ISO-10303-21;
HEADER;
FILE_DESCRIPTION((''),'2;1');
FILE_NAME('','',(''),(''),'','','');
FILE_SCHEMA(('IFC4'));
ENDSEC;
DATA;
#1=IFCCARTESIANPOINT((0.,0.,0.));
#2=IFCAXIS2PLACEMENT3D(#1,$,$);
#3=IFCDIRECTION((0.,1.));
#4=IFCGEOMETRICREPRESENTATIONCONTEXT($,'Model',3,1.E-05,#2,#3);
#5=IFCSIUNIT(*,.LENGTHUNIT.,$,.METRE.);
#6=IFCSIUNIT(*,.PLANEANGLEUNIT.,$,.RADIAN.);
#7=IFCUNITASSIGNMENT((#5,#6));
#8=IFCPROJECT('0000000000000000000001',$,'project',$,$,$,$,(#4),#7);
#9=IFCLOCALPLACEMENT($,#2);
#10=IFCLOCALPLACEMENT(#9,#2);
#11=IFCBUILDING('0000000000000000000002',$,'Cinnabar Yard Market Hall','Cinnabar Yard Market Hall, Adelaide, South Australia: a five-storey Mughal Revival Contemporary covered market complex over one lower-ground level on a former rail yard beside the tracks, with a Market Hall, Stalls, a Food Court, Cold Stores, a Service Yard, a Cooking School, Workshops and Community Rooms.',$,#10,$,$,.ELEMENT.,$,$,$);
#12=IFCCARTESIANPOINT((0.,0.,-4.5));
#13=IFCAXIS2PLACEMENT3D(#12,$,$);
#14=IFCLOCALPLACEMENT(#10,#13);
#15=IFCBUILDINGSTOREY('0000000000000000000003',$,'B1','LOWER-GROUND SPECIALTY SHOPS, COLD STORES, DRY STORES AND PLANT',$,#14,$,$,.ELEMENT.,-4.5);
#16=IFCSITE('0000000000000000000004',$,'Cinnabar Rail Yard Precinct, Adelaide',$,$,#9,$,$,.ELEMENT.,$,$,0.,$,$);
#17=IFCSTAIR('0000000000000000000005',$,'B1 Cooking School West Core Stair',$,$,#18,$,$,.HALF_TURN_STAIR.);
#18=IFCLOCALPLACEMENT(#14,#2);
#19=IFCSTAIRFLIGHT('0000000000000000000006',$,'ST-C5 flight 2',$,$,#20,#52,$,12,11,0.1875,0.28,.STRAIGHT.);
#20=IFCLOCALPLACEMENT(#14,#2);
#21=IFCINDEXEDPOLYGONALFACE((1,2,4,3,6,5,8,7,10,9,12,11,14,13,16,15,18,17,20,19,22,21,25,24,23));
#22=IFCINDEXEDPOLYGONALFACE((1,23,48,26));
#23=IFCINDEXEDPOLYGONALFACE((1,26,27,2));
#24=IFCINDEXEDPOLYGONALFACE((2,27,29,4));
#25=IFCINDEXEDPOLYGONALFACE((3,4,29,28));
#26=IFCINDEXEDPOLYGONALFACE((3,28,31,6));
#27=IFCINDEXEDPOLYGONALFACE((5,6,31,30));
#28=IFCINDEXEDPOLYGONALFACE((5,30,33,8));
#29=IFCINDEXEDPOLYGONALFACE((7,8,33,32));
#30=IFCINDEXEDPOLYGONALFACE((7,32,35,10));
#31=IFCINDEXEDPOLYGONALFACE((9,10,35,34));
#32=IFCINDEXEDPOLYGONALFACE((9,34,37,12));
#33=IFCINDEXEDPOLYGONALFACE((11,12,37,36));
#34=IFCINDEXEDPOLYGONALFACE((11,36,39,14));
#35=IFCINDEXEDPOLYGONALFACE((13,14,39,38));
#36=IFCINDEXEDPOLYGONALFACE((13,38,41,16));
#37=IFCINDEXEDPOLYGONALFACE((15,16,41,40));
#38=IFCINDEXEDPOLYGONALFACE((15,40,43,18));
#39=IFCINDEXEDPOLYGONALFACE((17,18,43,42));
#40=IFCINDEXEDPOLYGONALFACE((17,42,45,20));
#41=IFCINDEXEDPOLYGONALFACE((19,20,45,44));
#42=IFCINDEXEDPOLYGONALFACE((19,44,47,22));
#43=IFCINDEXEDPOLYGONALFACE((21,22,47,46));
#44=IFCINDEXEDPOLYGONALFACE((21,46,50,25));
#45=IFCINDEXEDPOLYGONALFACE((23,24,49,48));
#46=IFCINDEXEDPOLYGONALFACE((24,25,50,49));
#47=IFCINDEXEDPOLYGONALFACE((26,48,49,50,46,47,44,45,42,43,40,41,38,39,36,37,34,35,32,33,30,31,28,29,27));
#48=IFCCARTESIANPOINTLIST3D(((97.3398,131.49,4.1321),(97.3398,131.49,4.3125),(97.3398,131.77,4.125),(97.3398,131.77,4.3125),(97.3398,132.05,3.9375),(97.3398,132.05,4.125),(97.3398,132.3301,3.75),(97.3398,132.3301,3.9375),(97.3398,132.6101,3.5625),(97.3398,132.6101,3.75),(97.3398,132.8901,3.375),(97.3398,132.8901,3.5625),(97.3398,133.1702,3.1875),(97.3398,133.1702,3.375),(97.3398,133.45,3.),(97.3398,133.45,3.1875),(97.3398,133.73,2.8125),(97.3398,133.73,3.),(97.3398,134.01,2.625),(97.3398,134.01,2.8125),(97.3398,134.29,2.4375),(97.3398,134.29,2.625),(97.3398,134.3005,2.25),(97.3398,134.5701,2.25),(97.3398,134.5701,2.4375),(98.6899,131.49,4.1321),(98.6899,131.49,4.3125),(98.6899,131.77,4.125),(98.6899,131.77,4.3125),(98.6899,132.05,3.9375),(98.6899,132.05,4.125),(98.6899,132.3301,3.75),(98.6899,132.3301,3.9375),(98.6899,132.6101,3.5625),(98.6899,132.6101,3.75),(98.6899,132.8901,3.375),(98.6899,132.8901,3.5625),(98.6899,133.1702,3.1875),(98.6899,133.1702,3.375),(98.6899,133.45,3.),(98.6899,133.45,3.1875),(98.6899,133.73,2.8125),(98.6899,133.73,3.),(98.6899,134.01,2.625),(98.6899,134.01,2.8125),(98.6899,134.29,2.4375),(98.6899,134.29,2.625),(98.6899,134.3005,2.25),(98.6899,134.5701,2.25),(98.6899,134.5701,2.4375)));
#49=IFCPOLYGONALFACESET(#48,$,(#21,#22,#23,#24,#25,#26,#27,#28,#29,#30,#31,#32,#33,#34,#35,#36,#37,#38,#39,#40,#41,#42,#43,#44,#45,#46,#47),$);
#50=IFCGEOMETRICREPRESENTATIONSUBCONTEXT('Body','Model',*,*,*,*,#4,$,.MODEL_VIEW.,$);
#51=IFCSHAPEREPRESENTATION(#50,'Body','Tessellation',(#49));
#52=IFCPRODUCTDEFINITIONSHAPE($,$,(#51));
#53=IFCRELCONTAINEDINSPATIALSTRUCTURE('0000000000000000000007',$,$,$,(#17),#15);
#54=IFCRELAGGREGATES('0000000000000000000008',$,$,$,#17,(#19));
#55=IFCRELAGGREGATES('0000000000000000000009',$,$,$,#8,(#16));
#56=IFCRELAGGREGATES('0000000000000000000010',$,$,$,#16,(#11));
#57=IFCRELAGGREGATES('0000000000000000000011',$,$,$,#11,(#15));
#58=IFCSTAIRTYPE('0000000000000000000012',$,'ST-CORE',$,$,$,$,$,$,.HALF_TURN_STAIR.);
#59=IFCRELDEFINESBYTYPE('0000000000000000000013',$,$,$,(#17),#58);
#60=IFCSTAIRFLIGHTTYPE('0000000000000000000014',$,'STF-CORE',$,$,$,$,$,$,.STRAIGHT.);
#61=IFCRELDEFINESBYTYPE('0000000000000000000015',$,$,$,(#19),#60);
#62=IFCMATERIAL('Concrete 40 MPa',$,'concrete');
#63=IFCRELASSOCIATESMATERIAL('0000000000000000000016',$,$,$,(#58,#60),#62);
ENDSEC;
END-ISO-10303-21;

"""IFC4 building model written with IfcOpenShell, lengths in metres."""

from ifc_helpers import new_model, si_unit, direction, frame, origin, place, context, subcontext, project, spatial, polyline, outline, extrude, material, type_object, element, aggregate, save


model = new_model("IFC4")

# Units and contexts
model_context = context("Model", 3, precision=1e-05, world=origin(), true_north=direction((0.0, 1.0)))
body_context = subcontext(model_context, "Body", "Model", "MODEL_VIEW")
ifc_project = project(units=[si_unit("LENGTHUNIT", "METRE"), si_unit("PLANEANGLEUNIT", "RADIAN")], contexts=[model_context])

# Site, building, storey
site_placement = place(None, origin())
site = spatial("IfcSite", under=ifc_project, at=site_placement, Name="Cinnabar Rail Yard Precinct, Adelaide", CompositionType="ELEMENT", RefElevation=0.0)
building_placement = place(site_placement, origin())
building = spatial("IfcBuilding", under=site, at=building_placement, Name="Cinnabar Yard Market Hall", Description="Cinnabar Yard Market Hall, Adelaide, South Australia: a five-storey Mughal Revival Contemporary covered market complex over one lower-ground level on a former rail yard beside the tracks, with a Market Hall, Stalls, a Food Court, Cold Stores, a Service Yard, a Cooking School, Workshops and Community Rooms.", CompositionType="ELEMENT")
storey_placement = place(building_placement, frame((0.0, 0.0, -4.5)))
storey = spatial("IfcBuildingStorey", under=building, at=storey_placement, Name="B1", Description="LOWER-GROUND SPECIALTY SHOPS, COLD STORES, DRY STORES AND PLANT", CompositionType="ELEMENT", Elevation=-4.5)

# Shared definitions
ifc_material_1 = material(Name="Concrete 40 MPa", Category="concrete")

# Stair, stair flight
stair_type = type_object("IfcStairType", Name="ST-CORE", PredefinedType="HALF_TURN_STAIR", material=ifc_material_1)
stair_placement = place(storey_placement, origin())
stair = element("IfcStair", 1, at=stair_placement, inside=storey, type_object=stair_type, Name="B1 Cooking School West Core Stair", PredefinedType="HALF_TURN_STAIR")
stair_flight_type = type_object("IfcStairFlightType", Name="STF-CORE", PredefinedType="STRAIGHT", material=ifc_material_1)
stair_flight_1_placement = place(storey_placement, frame((98.0149, 134.5701, 2.25), z_axis=(0.0, 0.0, 1.0), x_axis=(0.0, -1.0, 0.0)))
stair_flight_1 = element("IfcStairFlight", 2, at=stair_flight_1_placement, type_object=stair_flight_type, Name="ST-C5 flight 2", NumberOfRisers=12, NumberOfTreads=11, PredefinedType="STRAIGHT", RiserHeight=0.1875, TreadLength=0.28, context=body_context, shape_type="SweptSolid", body=[
    extrude(outline(polyline([(0.0, 0.0), (0.0, 0.1875), (0.28, 0.1875), (0.28, 0.375), (0.5601, 0.375), (0.5601, 0.5625), (0.8401, 0.5625), (0.8401, 0.75), (1.1201, 0.75), (1.1201, 0.9375), (1.3999, 0.9375), (1.3999, 1.125), (1.6799, 1.125), (1.6799, 1.3125), (1.96, 1.3125), (1.96, 1.5), (2.24, 1.5), (2.24, 1.6875), (2.52, 1.6875), (2.52, 1.875), (2.8, 1.875), (2.8, 2.0625), (3.0801, 2.0625), (3.0801, 2.25), (3.0801, 1.8821), (0.2695, 0.0), (0.0, 0.0)])), frame((0.0, 0.675, 0.0), z_axis=(0.0, -1.0, 0.0), x_axis=(1.0, 0.0, 0.0)), (0.0, 0.0, 1.0), 1.3501),
])
aggregate(stair, [stair_flight_1])

save(model, "model.ifc")
